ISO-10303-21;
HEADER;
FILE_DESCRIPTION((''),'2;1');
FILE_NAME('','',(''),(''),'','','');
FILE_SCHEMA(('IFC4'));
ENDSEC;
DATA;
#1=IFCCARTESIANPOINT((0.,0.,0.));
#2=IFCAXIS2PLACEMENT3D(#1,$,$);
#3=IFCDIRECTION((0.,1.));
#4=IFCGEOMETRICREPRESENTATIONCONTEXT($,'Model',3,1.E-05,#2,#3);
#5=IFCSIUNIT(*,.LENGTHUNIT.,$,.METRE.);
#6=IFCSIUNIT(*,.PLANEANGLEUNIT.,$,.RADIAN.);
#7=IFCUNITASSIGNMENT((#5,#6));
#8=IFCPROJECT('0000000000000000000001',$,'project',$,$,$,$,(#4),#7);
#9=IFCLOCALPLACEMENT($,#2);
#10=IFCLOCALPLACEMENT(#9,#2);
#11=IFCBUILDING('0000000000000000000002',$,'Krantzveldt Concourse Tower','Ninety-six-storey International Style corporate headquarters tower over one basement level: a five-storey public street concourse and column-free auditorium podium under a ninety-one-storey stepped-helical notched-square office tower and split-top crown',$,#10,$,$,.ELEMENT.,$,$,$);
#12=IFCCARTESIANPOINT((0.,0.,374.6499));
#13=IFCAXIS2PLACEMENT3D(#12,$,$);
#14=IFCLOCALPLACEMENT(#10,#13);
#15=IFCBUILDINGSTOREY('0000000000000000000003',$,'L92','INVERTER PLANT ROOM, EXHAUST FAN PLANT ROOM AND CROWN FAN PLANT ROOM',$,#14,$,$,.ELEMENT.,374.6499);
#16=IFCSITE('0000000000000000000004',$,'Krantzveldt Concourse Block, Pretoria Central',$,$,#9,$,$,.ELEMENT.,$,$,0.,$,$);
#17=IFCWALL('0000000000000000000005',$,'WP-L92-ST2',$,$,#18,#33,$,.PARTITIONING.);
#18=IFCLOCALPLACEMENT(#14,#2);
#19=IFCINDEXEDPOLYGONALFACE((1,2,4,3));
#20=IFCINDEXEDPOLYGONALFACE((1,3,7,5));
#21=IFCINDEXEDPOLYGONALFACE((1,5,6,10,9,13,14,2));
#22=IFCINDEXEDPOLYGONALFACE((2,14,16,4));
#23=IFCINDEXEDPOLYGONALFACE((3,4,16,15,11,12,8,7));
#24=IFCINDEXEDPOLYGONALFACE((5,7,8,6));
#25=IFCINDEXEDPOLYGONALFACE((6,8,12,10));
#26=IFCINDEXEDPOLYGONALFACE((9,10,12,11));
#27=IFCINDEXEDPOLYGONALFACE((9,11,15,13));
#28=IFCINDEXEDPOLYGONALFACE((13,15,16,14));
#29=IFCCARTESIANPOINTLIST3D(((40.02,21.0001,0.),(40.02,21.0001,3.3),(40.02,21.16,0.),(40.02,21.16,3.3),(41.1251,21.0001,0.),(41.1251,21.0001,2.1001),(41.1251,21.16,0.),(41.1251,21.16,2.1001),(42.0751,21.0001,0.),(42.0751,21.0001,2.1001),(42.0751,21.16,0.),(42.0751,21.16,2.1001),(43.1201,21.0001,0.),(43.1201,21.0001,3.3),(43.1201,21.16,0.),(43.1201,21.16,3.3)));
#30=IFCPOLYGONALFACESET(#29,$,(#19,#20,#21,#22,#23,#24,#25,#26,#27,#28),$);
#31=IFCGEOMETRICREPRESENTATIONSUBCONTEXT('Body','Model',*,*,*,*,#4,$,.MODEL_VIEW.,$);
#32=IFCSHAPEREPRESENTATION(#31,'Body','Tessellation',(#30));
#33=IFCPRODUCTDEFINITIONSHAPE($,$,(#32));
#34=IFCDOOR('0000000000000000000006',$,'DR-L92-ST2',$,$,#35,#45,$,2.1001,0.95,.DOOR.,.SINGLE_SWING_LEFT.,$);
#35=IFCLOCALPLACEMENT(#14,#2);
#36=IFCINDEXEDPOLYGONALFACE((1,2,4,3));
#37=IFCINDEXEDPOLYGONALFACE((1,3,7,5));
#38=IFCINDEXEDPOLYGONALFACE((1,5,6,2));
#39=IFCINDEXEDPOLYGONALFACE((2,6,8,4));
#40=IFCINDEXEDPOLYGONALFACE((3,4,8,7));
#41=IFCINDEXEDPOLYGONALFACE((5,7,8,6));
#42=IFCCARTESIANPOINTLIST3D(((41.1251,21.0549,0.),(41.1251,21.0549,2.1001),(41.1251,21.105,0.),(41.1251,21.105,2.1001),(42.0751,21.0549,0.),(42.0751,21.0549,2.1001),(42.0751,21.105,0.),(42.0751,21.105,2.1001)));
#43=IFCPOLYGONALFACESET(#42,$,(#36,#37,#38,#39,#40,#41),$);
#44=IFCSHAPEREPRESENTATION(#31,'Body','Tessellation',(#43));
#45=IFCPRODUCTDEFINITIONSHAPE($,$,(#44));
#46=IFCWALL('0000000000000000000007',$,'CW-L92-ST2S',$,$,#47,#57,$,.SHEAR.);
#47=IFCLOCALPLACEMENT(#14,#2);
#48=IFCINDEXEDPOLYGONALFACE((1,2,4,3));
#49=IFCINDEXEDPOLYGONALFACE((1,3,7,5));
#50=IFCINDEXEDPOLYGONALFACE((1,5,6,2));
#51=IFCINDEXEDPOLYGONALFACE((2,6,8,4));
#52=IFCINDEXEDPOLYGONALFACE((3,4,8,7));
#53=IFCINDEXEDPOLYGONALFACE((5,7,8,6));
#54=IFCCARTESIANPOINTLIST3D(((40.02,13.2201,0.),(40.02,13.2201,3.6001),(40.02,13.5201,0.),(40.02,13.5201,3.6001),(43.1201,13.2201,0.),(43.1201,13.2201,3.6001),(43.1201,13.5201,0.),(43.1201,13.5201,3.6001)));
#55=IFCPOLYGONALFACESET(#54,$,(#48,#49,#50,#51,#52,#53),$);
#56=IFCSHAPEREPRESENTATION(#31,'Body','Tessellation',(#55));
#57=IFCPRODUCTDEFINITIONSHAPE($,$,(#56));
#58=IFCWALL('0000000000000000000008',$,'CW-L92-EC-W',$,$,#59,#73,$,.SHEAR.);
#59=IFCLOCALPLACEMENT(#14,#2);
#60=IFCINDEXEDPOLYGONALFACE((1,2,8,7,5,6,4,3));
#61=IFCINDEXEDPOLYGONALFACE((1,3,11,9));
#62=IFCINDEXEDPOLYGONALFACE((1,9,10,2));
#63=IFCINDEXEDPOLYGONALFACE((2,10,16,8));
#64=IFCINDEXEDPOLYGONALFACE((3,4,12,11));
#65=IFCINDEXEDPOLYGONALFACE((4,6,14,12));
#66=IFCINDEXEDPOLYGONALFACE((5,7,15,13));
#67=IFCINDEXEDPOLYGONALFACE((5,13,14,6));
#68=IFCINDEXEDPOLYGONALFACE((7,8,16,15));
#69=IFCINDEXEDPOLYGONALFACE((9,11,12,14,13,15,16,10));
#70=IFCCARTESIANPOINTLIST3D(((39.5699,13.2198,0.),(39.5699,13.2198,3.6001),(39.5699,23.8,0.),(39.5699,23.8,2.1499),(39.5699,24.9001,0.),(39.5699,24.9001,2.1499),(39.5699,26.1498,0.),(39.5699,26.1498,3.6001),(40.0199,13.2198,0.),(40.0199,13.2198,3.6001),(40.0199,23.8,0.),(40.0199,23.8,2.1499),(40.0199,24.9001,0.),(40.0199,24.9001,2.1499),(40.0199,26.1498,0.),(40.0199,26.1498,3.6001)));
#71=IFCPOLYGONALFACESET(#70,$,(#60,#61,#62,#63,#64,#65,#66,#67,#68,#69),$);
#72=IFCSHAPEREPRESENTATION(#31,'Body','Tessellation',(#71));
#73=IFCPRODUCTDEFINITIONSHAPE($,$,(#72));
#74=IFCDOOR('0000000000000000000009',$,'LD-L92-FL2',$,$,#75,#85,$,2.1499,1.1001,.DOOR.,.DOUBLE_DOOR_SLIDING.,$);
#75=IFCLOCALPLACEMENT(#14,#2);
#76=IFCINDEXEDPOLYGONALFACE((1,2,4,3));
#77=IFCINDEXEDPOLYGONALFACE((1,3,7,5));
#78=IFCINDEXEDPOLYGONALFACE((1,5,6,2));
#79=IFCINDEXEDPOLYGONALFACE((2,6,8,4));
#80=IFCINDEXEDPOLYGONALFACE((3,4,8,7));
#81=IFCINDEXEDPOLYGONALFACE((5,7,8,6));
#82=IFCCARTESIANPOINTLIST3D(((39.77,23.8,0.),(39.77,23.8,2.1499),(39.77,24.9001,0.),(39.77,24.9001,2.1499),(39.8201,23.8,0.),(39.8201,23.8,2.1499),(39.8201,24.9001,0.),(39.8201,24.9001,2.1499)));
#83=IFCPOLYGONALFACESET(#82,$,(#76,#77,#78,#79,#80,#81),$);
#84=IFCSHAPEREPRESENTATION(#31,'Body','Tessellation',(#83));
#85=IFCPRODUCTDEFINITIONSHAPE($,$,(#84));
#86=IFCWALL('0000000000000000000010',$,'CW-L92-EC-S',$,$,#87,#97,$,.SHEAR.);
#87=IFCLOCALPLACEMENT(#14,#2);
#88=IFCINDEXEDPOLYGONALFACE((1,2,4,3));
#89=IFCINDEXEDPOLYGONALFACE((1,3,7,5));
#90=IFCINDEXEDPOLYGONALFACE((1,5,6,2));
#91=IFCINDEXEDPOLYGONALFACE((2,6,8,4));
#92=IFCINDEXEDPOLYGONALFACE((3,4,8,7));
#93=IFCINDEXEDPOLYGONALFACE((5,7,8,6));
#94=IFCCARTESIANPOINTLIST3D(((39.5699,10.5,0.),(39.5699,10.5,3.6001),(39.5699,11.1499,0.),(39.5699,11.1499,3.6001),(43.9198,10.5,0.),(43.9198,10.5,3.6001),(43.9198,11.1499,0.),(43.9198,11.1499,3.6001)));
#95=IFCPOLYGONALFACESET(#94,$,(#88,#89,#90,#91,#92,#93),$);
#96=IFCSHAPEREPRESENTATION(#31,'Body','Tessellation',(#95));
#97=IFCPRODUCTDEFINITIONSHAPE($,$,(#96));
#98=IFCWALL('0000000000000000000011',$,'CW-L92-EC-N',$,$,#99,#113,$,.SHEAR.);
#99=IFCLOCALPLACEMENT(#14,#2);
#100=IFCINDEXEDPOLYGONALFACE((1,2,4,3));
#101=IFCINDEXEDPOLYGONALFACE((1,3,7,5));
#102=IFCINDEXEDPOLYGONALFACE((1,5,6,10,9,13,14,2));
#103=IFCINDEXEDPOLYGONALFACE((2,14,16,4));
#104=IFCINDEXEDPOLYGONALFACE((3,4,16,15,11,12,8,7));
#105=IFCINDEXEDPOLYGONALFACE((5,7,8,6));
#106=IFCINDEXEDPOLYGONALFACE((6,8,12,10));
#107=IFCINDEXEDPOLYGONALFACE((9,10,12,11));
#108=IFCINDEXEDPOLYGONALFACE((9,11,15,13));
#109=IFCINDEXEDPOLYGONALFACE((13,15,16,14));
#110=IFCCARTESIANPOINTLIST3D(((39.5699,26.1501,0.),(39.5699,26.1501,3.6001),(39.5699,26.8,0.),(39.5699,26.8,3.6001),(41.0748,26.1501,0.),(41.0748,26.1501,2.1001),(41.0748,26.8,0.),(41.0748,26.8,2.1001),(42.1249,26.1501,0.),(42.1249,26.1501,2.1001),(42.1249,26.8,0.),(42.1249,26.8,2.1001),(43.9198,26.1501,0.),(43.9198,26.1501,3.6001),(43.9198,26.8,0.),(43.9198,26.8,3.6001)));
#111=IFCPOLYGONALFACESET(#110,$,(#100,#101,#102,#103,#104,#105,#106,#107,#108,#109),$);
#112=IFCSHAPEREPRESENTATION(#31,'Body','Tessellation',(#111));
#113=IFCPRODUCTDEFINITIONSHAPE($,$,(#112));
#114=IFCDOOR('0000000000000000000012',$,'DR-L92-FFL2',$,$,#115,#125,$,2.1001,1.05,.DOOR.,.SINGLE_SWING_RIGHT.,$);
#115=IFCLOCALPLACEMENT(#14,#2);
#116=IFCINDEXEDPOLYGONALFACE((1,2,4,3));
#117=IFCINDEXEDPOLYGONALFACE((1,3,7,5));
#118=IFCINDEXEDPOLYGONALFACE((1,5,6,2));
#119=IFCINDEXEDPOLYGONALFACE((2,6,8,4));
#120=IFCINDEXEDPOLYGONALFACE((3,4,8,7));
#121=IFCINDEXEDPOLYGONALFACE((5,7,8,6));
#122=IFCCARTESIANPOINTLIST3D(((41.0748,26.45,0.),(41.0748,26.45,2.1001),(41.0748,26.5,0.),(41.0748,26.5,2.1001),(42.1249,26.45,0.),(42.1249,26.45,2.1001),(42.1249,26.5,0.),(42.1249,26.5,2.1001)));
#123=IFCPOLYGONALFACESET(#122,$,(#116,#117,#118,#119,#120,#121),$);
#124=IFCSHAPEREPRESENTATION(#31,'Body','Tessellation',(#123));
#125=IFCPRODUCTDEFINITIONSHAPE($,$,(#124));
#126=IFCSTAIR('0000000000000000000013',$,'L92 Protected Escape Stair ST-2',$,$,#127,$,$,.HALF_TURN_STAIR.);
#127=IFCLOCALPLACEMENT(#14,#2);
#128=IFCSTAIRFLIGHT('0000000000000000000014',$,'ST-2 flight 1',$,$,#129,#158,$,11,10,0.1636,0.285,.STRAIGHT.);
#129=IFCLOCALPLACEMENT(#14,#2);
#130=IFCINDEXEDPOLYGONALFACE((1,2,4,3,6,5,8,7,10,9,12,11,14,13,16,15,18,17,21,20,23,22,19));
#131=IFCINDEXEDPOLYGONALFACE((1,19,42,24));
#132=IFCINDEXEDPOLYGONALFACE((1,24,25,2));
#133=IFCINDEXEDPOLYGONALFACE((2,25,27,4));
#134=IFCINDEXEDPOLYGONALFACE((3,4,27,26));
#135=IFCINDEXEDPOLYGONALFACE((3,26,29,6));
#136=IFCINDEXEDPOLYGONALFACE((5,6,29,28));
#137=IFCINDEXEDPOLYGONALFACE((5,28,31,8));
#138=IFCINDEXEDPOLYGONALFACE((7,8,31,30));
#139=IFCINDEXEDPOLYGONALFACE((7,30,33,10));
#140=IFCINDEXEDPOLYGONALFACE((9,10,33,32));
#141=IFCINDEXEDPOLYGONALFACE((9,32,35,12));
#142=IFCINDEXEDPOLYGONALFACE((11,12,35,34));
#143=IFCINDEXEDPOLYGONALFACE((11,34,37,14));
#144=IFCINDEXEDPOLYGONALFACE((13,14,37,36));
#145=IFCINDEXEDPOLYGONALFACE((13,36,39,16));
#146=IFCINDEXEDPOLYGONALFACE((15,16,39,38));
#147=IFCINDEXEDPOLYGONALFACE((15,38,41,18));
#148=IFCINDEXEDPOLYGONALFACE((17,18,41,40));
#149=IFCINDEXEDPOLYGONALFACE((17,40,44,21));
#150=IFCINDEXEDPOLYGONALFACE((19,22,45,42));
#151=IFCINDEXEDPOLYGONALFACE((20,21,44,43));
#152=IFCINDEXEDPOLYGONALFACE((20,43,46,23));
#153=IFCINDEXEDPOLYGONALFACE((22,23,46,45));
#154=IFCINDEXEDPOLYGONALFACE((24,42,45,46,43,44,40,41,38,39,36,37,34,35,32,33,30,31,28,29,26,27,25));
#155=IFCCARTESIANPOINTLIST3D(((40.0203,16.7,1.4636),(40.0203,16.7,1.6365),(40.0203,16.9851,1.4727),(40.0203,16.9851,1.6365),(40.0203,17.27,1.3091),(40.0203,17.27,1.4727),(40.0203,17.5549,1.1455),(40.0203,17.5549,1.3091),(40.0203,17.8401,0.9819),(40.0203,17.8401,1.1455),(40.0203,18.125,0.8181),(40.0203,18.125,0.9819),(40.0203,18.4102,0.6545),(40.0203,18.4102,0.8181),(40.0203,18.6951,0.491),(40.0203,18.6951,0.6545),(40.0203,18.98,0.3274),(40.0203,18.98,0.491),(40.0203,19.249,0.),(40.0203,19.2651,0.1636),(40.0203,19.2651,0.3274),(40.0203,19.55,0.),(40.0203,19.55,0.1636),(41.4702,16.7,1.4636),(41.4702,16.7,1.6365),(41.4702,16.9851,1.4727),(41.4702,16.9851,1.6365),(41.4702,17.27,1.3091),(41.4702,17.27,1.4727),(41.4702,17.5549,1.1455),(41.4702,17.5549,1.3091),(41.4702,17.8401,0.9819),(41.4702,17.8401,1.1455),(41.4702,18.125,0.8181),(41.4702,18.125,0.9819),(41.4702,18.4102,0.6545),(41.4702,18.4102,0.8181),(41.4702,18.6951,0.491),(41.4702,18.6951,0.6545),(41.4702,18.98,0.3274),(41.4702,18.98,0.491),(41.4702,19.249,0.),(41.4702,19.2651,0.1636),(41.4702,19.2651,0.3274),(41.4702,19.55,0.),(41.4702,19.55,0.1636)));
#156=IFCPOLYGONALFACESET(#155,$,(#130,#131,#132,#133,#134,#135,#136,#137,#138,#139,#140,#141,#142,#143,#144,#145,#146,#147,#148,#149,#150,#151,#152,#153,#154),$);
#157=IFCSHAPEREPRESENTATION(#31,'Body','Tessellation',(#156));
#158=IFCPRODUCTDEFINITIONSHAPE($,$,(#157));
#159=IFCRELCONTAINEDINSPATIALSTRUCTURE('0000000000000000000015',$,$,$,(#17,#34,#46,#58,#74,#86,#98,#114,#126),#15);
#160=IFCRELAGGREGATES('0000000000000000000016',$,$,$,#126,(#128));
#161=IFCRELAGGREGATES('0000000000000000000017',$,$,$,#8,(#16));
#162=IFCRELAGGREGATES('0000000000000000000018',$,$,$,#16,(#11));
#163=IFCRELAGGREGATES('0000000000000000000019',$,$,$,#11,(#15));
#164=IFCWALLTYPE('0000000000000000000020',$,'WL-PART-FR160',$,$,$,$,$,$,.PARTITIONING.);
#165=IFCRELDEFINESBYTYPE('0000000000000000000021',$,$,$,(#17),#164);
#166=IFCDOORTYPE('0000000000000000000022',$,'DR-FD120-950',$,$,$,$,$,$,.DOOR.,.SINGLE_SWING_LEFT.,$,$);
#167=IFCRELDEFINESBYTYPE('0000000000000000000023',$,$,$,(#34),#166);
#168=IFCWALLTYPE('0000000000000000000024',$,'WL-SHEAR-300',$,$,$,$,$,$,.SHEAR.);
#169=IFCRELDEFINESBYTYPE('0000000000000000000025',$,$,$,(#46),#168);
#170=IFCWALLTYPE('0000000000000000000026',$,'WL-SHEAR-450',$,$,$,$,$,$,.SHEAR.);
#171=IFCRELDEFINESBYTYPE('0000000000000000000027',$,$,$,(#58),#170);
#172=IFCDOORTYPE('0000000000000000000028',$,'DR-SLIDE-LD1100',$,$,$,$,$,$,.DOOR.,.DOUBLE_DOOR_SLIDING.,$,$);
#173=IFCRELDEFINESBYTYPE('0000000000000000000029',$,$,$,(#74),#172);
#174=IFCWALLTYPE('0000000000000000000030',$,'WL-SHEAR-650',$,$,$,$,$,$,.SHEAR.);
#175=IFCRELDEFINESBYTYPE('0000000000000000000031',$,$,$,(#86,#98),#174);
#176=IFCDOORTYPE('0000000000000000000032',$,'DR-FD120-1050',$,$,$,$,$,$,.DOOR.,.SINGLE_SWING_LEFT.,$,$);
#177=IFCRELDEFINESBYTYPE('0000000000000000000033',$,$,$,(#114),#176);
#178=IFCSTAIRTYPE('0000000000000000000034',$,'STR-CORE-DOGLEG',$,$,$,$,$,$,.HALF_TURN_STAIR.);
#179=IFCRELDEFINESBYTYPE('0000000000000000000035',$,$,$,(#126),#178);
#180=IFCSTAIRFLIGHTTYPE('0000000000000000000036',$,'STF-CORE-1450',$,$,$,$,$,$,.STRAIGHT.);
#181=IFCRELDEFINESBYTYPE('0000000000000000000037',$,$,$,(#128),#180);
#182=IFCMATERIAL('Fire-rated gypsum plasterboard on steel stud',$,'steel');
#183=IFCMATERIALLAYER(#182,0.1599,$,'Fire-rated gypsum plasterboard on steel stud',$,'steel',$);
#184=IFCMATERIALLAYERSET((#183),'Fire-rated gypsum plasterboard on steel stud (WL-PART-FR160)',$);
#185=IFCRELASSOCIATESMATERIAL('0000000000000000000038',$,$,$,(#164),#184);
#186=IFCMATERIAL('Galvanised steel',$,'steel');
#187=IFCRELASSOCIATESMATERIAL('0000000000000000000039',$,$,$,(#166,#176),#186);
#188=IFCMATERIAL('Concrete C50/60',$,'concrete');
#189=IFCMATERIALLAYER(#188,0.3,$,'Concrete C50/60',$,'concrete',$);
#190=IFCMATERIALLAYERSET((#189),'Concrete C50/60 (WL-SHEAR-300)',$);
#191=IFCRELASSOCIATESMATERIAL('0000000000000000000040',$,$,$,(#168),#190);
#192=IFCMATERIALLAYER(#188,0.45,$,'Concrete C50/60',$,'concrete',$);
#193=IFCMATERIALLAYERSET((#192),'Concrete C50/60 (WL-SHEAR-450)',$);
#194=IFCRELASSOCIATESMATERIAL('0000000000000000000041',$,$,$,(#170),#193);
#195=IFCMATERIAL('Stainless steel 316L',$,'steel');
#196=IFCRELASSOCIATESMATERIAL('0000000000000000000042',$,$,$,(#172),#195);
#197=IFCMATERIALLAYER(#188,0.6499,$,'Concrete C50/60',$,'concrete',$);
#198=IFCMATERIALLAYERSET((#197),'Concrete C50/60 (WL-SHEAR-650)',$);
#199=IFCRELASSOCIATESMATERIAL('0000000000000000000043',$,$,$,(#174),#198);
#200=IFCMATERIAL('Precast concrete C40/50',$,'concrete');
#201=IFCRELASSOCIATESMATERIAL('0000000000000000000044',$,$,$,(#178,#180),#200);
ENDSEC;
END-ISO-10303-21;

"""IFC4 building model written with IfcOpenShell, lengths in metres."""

from ifc_helpers import new_model, si_unit, direction, frame, frame_2d, origin, place, context, subcontext, project, spatial, polyline, rectangle, outline, extrude, material, layer, layer_set, type_object, element, fill, aggregate, save


model = new_model("IFC4")

# Units and contexts
model_context = context("Model", 3, precision=1e-05, world=origin(), true_north=direction((0.0, 1.0)))
body_context = subcontext(model_context, "Body", "Model", "MODEL_VIEW")
ifc_project = project(units=[si_unit("LENGTHUNIT", "METRE"), si_unit("PLANEANGLEUNIT", "RADIAN")], contexts=[model_context])

# Site, building, storey
site_placement = place(None, origin())
site = spatial("IfcSite", under=ifc_project, at=site_placement, Name="Krantzveldt Concourse Block, Pretoria Central", CompositionType="ELEMENT", RefElevation=0.0)
building_placement = place(site_placement, origin())
building = spatial("IfcBuilding", under=site, at=building_placement, Name="Krantzveldt Concourse Tower", Description="Ninety-six-storey International Style corporate headquarters tower over one basement level: a five-storey public street concourse and column-free auditorium podium under a ninety-one-storey stepped-helical notched-square office tower and split-top crown", CompositionType="ELEMENT")
storey_placement = place(building_placement, frame((0.0, 0.0, 374.6499)))
storey = spatial("IfcBuildingStorey", under=building, at=storey_placement, Name="L92", Description="INVERTER PLANT ROOM, EXHAUST FAN PLANT ROOM AND CROWN FAN PLANT ROOM", CompositionType="ELEMENT", Elevation=374.6499)

# Shared definitions
ifc_material_1 = material(Name="Fire-rated gypsum plasterboard on steel stud", Category="steel")

# Wall, opening, door
ifc_layer_1 = layer(ifc_material_1, 0.1599, Name="Fire-rated gypsum plasterboard on steel stud", Category="steel")
ifc_layer_set_1 = layer_set([ifc_layer_1], Name="Fire-rated gypsum plasterboard on steel stud (WL-PART-FR160)")
wall_type_1 = type_object("IfcWallType", Name="WL-PART-FR160", PredefinedType="PARTITIONING", material=ifc_layer_set_1)
wall_1_placement = place(storey_placement, frame((40.02, 21.0801, 0.0), z_axis=(0.0, 0.0, 1.0), x_axis=(1.0, 0.0, 0.0)))
wall_1 = element("IfcWall", 1, at=wall_1_placement, inside=storey, type_object=wall_type_1, Name="WP-L92-ST2", PredefinedType="PARTITIONING", context=body_context, shape_type="SweptSolid", body=[
    extrude(rectangle(XDim=3.1001, YDim=0.1599, at=frame_2d((1.55, 0.0))), origin(), (0.0, 0.0, 1.0), 3.3),
])
opening_1_placement = place(wall_1_placement, frame((1.105, 0.0, 0.0)))
opening_1 = element("IfcOpeningElement", 2, at=opening_1_placement, cuts=wall_1, PredefinedType="OPENING", context=body_context, shape_type="SweptSolid", body=[
    extrude(rectangle(XDim=0.95, YDim=2.1001, at=frame_2d((0.4751, 1.05))), frame((0.0, 0.0898, 0.0), z_axis=(0.0, -1.0, 0.0), x_axis=(1.0, 0.0, 0.0)), (0.0, 0.0, 1.0), 0.1799),
])
ifc_material_2 = material(Name="Galvanised steel", Category="steel")
door_type_1 = type_object("IfcDoorType", Name="DR-FD120-950", OperationType="SINGLE_SWING_LEFT", PredefinedType="DOOR", material=ifc_material_2)
door_1_placement = place(opening_1_placement, origin())
door_1 = element("IfcDoor", 3, at=door_1_placement, inside=storey, type_object=door_type_1, Name="DR-L92-ST2", OperationType="SINGLE_SWING_LEFT", OverallHeight=2.1001, OverallWidth=0.95, PredefinedType="DOOR", context=body_context, shape_type="SweptSolid", body=[
    extrude(rectangle(XDim=0.95, YDim=2.1001, at=frame_2d((0.4751, 1.05))), frame((0.0, 0.0249, 0.0), z_axis=(0.0, -1.0, 0.0), x_axis=(1.0, 0.0, 0.0)), (0.0, 0.0, 1.0), 0.05),
])
fill(opening_1, door_1)

# Wall
ifc_material_3 = material(Name="Concrete C50/60", Category="concrete")
ifc_layer_2 = layer(ifc_material_3, 0.3, Name="Concrete C50/60", Category="concrete")
ifc_layer_set_2 = layer_set([ifc_layer_2], Name="Concrete C50/60 (WL-SHEAR-300)")
wall_type_2 = type_object("IfcWallType", Name="WL-SHEAR-300", PredefinedType="SHEAR", material=ifc_layer_set_2)
wall_2_placement = place(storey_placement, frame((40.02, 13.3701, 0.0), z_axis=(0.0, 0.0, 1.0), x_axis=(1.0, 0.0, 0.0)))
element("IfcWall", 4, at=wall_2_placement, inside=storey, type_object=wall_type_2, Name="CW-L92-ST2S", PredefinedType="SHEAR", context=body_context, shape_type="SweptSolid", body=[
    extrude(rectangle(XDim=3.1001, YDim=0.3, at=frame_2d((1.55, 0.0))), origin(), (0.0, 0.0, 1.0), 3.6001),
])

# Wall, opening, door
ifc_layer_3 = layer(ifc_material_3, 0.45, Name="Concrete C50/60", Category="concrete")
ifc_layer_set_3 = layer_set([ifc_layer_3], Name="Concrete C50/60 (WL-SHEAR-450)")
wall_type_3 = type_object("IfcWallType", Name="WL-SHEAR-450", PredefinedType="SHEAR", material=ifc_layer_set_3)
wall_3_placement = place(storey_placement, frame((39.7949, 13.22, 0.0), z_axis=(0.0, 0.0, 1.0), x_axis=(0.0, 1.0, 0.0)))
wall_3 = element("IfcWall", 5, at=wall_3_placement, inside=storey, type_object=wall_type_3, Name="CW-L92-EC-W", PredefinedType="SHEAR", context=body_context, shape_type="SweptSolid", body=[
    extrude(rectangle(XDim=12.9299, YDim=0.45, at=frame_2d((6.4648, 0.0))), origin(), (0.0, 0.0, 1.0), 3.6001),
])
opening_2_placement = place(wall_3_placement, frame((10.5801, 0.0, 0.0)))
opening_2 = element("IfcOpeningElement", 6, at=opening_2_placement, cuts=wall_3, PredefinedType="OPENING", context=body_context, shape_type="SweptSolid", body=[
    extrude(rectangle(XDim=1.1001, YDim=2.1499, at=frame_2d((0.55, 1.075))), frame((0.0, 0.2349, 0.0), z_axis=(0.0, -1.0, 0.0), x_axis=(1.0, 0.0, 0.0)), (0.0, 0.0, 1.0), 0.47),
])
ifc_material_4 = material(Name="Stainless steel 316L", Category="steel")
door_type_2 = type_object("IfcDoorType", Name="DR-SLIDE-LD1100", OperationType="DOUBLE_DOOR_SLIDING", PredefinedType="DOOR", material=ifc_material_4)
door_2_placement = place(opening_2_placement, origin())
door_2 = element("IfcDoor", 7, at=door_2_placement, inside=storey, type_object=door_type_2, Name="LD-L92-FL2", OperationType="DOUBLE_DOOR_SLIDING", OverallHeight=2.1499, OverallWidth=1.1001, PredefinedType="DOOR", context=body_context, shape_type="SweptSolid", body=[
    extrude(rectangle(XDim=1.1001, YDim=2.1499, at=frame_2d((0.55, 1.075))), frame((0.0, 0.0249, 0.0), z_axis=(0.0, -1.0, 0.0), x_axis=(1.0, 0.0, 0.0)), (0.0, 0.0, 1.0), 0.05),
])
fill(opening_2, door_2)

# Wall
ifc_layer_4 = layer(ifc_material_3, 0.6499, Name="Concrete C50/60", Category="concrete")
ifc_layer_set_4 = layer_set([ifc_layer_4], Name="Concrete C50/60 (WL-SHEAR-650)")
wall_type_4 = type_object("IfcWallType", Name="WL-SHEAR-650", PredefinedType="SHEAR", material=ifc_layer_set_4)
wall_4_placement = place(storey_placement, frame((39.5701, 10.825, 0.0), z_axis=(0.0, 0.0, 1.0), x_axis=(1.0, 0.0, 0.0)))
element("IfcWall", 8, at=wall_4_placement, inside=storey, type_object=wall_type_4, Name="CW-L92-EC-S", PredefinedType="SHEAR", context=body_context, shape_type="SweptSolid", body=[
    extrude(rectangle(XDim=4.3499, YDim=0.6499, at=frame_2d((2.1748, 0.0))), origin(), (0.0, 0.0, 1.0), 3.6001),
])

# Wall, opening, door
wall_5_placement = place(storey_placement, frame((39.5701, 26.4751, 0.0), z_axis=(0.0, 0.0, 1.0), x_axis=(1.0, 0.0, 0.0)))
wall_5 = element("IfcWall", 9, at=wall_5_placement, inside=storey, type_object=wall_type_4, Name="CW-L92-EC-N", PredefinedType="SHEAR", context=body_context, shape_type="SweptSolid", body=[
    extrude(rectangle(XDim=4.3499, YDim=0.6499, at=frame_2d((2.1748, 0.0))), origin(), (0.0, 0.0, 1.0), 3.6001),
])
opening_3_placement = place(wall_5_placement, frame((1.5049, 0.0, 0.0)))
opening_3 = element("IfcOpeningElement", 10, at=opening_3_placement, cuts=wall_5, PredefinedType="OPENING", context=body_context, shape_type="SweptSolid", body=[
    extrude(rectangle(XDim=1.05, YDim=2.1001, at=frame_2d((0.5249, 1.05))), frame((0.0, 0.335, 0.0), z_axis=(0.0, -1.0, 0.0), x_axis=(1.0, 0.0, 0.0)), (0.0, 0.0, 1.0), 0.6699),
])
door_type_3 = type_object("IfcDoorType", Name="DR-FD120-1050", OperationType="SINGLE_SWING_LEFT", PredefinedType="DOOR", material=ifc_material_2)
door_3_placement = place(opening_3_placement, origin())
door_3 = element("IfcDoor", 11, at=door_3_placement, inside=storey, type_object=door_type_3, Name="DR-L92-FFL2", OperationType="SINGLE_SWING_RIGHT", OverallHeight=2.1001, OverallWidth=1.05, PredefinedType="DOOR", context=body_context, shape_type="SweptSolid", body=[
    extrude(rectangle(XDim=1.05, YDim=2.1001, at=frame_2d((0.5249, 1.05))), frame((0.0, 0.0249, 0.0), z_axis=(0.0, -1.0, 0.0), x_axis=(1.0, 0.0, 0.0)), (0.0, 0.0, 1.0), 0.05),
])
fill(opening_3, door_3)

# Stair, stair flight
ifc_material_5 = material(Name="Precast concrete C40/50", Category="concrete")
stair_type = type_object("IfcStairType", Name="STR-CORE-DOGLEG", PredefinedType="HALF_TURN_STAIR", material=ifc_material_5)
stair_placement = place(storey_placement, origin())
stair = element("IfcStair", 12, at=stair_placement, inside=storey, type_object=stair_type, Name="L92 Protected Escape Stair ST-2", PredefinedType="HALF_TURN_STAIR")
stair_flight_type = type_object("IfcStairFlightType", Name="STF-CORE-1450", PredefinedType="STRAIGHT", material=ifc_material_5)
stair_flight_placement = place(storey_placement, frame((40.7451, 19.55, 0.0), z_axis=(0.0, 0.0, 1.0), x_axis=(0.0, -1.0, 0.0)))
stair_flight = element("IfcStairFlight", 13, at=stair_flight_placement, type_object=stair_flight_type, Name="ST-2 flight 1", NumberOfRisers=11, NumberOfTreads=10, PredefinedType="STRAIGHT", RiserHeight=0.1636, TreadLength=0.285, context=body_context, shape_type="SweptSolid", body=[
    extrude(outline(polyline([(0.0, 0.0), (0.0, 0.1636), (0.2849, 0.1636), (0.2849, 0.3274), (0.5701, 0.3274), (0.5701, 0.491), (0.855, 0.491), (0.855, 0.6545), (1.1399, 0.6545), (1.1399, 0.8181), (1.425, 0.8181), (1.425, 0.9819), (1.71, 0.9819), (1.71, 1.1455), (1.9951, 1.1455), (1.9951, 1.3091), (2.28, 1.3091), (2.28, 1.4727), (2.5649, 1.4727), (2.5649, 1.6365), (2.8501, 1.6365), (2.8501, 1.8), (2.8501, 1.4636), (0.301, 0.0), (0.0, 0.0)])), frame((0.0, 0.7251, 0.0), z_axis=(0.0, -1.0, 0.0), x_axis=(1.0, 0.0, 0.0)), (0.0, 0.0, 1.0), 1.45),
])
aggregate(stair, [stair_flight])

save(model, "model.ifc")
